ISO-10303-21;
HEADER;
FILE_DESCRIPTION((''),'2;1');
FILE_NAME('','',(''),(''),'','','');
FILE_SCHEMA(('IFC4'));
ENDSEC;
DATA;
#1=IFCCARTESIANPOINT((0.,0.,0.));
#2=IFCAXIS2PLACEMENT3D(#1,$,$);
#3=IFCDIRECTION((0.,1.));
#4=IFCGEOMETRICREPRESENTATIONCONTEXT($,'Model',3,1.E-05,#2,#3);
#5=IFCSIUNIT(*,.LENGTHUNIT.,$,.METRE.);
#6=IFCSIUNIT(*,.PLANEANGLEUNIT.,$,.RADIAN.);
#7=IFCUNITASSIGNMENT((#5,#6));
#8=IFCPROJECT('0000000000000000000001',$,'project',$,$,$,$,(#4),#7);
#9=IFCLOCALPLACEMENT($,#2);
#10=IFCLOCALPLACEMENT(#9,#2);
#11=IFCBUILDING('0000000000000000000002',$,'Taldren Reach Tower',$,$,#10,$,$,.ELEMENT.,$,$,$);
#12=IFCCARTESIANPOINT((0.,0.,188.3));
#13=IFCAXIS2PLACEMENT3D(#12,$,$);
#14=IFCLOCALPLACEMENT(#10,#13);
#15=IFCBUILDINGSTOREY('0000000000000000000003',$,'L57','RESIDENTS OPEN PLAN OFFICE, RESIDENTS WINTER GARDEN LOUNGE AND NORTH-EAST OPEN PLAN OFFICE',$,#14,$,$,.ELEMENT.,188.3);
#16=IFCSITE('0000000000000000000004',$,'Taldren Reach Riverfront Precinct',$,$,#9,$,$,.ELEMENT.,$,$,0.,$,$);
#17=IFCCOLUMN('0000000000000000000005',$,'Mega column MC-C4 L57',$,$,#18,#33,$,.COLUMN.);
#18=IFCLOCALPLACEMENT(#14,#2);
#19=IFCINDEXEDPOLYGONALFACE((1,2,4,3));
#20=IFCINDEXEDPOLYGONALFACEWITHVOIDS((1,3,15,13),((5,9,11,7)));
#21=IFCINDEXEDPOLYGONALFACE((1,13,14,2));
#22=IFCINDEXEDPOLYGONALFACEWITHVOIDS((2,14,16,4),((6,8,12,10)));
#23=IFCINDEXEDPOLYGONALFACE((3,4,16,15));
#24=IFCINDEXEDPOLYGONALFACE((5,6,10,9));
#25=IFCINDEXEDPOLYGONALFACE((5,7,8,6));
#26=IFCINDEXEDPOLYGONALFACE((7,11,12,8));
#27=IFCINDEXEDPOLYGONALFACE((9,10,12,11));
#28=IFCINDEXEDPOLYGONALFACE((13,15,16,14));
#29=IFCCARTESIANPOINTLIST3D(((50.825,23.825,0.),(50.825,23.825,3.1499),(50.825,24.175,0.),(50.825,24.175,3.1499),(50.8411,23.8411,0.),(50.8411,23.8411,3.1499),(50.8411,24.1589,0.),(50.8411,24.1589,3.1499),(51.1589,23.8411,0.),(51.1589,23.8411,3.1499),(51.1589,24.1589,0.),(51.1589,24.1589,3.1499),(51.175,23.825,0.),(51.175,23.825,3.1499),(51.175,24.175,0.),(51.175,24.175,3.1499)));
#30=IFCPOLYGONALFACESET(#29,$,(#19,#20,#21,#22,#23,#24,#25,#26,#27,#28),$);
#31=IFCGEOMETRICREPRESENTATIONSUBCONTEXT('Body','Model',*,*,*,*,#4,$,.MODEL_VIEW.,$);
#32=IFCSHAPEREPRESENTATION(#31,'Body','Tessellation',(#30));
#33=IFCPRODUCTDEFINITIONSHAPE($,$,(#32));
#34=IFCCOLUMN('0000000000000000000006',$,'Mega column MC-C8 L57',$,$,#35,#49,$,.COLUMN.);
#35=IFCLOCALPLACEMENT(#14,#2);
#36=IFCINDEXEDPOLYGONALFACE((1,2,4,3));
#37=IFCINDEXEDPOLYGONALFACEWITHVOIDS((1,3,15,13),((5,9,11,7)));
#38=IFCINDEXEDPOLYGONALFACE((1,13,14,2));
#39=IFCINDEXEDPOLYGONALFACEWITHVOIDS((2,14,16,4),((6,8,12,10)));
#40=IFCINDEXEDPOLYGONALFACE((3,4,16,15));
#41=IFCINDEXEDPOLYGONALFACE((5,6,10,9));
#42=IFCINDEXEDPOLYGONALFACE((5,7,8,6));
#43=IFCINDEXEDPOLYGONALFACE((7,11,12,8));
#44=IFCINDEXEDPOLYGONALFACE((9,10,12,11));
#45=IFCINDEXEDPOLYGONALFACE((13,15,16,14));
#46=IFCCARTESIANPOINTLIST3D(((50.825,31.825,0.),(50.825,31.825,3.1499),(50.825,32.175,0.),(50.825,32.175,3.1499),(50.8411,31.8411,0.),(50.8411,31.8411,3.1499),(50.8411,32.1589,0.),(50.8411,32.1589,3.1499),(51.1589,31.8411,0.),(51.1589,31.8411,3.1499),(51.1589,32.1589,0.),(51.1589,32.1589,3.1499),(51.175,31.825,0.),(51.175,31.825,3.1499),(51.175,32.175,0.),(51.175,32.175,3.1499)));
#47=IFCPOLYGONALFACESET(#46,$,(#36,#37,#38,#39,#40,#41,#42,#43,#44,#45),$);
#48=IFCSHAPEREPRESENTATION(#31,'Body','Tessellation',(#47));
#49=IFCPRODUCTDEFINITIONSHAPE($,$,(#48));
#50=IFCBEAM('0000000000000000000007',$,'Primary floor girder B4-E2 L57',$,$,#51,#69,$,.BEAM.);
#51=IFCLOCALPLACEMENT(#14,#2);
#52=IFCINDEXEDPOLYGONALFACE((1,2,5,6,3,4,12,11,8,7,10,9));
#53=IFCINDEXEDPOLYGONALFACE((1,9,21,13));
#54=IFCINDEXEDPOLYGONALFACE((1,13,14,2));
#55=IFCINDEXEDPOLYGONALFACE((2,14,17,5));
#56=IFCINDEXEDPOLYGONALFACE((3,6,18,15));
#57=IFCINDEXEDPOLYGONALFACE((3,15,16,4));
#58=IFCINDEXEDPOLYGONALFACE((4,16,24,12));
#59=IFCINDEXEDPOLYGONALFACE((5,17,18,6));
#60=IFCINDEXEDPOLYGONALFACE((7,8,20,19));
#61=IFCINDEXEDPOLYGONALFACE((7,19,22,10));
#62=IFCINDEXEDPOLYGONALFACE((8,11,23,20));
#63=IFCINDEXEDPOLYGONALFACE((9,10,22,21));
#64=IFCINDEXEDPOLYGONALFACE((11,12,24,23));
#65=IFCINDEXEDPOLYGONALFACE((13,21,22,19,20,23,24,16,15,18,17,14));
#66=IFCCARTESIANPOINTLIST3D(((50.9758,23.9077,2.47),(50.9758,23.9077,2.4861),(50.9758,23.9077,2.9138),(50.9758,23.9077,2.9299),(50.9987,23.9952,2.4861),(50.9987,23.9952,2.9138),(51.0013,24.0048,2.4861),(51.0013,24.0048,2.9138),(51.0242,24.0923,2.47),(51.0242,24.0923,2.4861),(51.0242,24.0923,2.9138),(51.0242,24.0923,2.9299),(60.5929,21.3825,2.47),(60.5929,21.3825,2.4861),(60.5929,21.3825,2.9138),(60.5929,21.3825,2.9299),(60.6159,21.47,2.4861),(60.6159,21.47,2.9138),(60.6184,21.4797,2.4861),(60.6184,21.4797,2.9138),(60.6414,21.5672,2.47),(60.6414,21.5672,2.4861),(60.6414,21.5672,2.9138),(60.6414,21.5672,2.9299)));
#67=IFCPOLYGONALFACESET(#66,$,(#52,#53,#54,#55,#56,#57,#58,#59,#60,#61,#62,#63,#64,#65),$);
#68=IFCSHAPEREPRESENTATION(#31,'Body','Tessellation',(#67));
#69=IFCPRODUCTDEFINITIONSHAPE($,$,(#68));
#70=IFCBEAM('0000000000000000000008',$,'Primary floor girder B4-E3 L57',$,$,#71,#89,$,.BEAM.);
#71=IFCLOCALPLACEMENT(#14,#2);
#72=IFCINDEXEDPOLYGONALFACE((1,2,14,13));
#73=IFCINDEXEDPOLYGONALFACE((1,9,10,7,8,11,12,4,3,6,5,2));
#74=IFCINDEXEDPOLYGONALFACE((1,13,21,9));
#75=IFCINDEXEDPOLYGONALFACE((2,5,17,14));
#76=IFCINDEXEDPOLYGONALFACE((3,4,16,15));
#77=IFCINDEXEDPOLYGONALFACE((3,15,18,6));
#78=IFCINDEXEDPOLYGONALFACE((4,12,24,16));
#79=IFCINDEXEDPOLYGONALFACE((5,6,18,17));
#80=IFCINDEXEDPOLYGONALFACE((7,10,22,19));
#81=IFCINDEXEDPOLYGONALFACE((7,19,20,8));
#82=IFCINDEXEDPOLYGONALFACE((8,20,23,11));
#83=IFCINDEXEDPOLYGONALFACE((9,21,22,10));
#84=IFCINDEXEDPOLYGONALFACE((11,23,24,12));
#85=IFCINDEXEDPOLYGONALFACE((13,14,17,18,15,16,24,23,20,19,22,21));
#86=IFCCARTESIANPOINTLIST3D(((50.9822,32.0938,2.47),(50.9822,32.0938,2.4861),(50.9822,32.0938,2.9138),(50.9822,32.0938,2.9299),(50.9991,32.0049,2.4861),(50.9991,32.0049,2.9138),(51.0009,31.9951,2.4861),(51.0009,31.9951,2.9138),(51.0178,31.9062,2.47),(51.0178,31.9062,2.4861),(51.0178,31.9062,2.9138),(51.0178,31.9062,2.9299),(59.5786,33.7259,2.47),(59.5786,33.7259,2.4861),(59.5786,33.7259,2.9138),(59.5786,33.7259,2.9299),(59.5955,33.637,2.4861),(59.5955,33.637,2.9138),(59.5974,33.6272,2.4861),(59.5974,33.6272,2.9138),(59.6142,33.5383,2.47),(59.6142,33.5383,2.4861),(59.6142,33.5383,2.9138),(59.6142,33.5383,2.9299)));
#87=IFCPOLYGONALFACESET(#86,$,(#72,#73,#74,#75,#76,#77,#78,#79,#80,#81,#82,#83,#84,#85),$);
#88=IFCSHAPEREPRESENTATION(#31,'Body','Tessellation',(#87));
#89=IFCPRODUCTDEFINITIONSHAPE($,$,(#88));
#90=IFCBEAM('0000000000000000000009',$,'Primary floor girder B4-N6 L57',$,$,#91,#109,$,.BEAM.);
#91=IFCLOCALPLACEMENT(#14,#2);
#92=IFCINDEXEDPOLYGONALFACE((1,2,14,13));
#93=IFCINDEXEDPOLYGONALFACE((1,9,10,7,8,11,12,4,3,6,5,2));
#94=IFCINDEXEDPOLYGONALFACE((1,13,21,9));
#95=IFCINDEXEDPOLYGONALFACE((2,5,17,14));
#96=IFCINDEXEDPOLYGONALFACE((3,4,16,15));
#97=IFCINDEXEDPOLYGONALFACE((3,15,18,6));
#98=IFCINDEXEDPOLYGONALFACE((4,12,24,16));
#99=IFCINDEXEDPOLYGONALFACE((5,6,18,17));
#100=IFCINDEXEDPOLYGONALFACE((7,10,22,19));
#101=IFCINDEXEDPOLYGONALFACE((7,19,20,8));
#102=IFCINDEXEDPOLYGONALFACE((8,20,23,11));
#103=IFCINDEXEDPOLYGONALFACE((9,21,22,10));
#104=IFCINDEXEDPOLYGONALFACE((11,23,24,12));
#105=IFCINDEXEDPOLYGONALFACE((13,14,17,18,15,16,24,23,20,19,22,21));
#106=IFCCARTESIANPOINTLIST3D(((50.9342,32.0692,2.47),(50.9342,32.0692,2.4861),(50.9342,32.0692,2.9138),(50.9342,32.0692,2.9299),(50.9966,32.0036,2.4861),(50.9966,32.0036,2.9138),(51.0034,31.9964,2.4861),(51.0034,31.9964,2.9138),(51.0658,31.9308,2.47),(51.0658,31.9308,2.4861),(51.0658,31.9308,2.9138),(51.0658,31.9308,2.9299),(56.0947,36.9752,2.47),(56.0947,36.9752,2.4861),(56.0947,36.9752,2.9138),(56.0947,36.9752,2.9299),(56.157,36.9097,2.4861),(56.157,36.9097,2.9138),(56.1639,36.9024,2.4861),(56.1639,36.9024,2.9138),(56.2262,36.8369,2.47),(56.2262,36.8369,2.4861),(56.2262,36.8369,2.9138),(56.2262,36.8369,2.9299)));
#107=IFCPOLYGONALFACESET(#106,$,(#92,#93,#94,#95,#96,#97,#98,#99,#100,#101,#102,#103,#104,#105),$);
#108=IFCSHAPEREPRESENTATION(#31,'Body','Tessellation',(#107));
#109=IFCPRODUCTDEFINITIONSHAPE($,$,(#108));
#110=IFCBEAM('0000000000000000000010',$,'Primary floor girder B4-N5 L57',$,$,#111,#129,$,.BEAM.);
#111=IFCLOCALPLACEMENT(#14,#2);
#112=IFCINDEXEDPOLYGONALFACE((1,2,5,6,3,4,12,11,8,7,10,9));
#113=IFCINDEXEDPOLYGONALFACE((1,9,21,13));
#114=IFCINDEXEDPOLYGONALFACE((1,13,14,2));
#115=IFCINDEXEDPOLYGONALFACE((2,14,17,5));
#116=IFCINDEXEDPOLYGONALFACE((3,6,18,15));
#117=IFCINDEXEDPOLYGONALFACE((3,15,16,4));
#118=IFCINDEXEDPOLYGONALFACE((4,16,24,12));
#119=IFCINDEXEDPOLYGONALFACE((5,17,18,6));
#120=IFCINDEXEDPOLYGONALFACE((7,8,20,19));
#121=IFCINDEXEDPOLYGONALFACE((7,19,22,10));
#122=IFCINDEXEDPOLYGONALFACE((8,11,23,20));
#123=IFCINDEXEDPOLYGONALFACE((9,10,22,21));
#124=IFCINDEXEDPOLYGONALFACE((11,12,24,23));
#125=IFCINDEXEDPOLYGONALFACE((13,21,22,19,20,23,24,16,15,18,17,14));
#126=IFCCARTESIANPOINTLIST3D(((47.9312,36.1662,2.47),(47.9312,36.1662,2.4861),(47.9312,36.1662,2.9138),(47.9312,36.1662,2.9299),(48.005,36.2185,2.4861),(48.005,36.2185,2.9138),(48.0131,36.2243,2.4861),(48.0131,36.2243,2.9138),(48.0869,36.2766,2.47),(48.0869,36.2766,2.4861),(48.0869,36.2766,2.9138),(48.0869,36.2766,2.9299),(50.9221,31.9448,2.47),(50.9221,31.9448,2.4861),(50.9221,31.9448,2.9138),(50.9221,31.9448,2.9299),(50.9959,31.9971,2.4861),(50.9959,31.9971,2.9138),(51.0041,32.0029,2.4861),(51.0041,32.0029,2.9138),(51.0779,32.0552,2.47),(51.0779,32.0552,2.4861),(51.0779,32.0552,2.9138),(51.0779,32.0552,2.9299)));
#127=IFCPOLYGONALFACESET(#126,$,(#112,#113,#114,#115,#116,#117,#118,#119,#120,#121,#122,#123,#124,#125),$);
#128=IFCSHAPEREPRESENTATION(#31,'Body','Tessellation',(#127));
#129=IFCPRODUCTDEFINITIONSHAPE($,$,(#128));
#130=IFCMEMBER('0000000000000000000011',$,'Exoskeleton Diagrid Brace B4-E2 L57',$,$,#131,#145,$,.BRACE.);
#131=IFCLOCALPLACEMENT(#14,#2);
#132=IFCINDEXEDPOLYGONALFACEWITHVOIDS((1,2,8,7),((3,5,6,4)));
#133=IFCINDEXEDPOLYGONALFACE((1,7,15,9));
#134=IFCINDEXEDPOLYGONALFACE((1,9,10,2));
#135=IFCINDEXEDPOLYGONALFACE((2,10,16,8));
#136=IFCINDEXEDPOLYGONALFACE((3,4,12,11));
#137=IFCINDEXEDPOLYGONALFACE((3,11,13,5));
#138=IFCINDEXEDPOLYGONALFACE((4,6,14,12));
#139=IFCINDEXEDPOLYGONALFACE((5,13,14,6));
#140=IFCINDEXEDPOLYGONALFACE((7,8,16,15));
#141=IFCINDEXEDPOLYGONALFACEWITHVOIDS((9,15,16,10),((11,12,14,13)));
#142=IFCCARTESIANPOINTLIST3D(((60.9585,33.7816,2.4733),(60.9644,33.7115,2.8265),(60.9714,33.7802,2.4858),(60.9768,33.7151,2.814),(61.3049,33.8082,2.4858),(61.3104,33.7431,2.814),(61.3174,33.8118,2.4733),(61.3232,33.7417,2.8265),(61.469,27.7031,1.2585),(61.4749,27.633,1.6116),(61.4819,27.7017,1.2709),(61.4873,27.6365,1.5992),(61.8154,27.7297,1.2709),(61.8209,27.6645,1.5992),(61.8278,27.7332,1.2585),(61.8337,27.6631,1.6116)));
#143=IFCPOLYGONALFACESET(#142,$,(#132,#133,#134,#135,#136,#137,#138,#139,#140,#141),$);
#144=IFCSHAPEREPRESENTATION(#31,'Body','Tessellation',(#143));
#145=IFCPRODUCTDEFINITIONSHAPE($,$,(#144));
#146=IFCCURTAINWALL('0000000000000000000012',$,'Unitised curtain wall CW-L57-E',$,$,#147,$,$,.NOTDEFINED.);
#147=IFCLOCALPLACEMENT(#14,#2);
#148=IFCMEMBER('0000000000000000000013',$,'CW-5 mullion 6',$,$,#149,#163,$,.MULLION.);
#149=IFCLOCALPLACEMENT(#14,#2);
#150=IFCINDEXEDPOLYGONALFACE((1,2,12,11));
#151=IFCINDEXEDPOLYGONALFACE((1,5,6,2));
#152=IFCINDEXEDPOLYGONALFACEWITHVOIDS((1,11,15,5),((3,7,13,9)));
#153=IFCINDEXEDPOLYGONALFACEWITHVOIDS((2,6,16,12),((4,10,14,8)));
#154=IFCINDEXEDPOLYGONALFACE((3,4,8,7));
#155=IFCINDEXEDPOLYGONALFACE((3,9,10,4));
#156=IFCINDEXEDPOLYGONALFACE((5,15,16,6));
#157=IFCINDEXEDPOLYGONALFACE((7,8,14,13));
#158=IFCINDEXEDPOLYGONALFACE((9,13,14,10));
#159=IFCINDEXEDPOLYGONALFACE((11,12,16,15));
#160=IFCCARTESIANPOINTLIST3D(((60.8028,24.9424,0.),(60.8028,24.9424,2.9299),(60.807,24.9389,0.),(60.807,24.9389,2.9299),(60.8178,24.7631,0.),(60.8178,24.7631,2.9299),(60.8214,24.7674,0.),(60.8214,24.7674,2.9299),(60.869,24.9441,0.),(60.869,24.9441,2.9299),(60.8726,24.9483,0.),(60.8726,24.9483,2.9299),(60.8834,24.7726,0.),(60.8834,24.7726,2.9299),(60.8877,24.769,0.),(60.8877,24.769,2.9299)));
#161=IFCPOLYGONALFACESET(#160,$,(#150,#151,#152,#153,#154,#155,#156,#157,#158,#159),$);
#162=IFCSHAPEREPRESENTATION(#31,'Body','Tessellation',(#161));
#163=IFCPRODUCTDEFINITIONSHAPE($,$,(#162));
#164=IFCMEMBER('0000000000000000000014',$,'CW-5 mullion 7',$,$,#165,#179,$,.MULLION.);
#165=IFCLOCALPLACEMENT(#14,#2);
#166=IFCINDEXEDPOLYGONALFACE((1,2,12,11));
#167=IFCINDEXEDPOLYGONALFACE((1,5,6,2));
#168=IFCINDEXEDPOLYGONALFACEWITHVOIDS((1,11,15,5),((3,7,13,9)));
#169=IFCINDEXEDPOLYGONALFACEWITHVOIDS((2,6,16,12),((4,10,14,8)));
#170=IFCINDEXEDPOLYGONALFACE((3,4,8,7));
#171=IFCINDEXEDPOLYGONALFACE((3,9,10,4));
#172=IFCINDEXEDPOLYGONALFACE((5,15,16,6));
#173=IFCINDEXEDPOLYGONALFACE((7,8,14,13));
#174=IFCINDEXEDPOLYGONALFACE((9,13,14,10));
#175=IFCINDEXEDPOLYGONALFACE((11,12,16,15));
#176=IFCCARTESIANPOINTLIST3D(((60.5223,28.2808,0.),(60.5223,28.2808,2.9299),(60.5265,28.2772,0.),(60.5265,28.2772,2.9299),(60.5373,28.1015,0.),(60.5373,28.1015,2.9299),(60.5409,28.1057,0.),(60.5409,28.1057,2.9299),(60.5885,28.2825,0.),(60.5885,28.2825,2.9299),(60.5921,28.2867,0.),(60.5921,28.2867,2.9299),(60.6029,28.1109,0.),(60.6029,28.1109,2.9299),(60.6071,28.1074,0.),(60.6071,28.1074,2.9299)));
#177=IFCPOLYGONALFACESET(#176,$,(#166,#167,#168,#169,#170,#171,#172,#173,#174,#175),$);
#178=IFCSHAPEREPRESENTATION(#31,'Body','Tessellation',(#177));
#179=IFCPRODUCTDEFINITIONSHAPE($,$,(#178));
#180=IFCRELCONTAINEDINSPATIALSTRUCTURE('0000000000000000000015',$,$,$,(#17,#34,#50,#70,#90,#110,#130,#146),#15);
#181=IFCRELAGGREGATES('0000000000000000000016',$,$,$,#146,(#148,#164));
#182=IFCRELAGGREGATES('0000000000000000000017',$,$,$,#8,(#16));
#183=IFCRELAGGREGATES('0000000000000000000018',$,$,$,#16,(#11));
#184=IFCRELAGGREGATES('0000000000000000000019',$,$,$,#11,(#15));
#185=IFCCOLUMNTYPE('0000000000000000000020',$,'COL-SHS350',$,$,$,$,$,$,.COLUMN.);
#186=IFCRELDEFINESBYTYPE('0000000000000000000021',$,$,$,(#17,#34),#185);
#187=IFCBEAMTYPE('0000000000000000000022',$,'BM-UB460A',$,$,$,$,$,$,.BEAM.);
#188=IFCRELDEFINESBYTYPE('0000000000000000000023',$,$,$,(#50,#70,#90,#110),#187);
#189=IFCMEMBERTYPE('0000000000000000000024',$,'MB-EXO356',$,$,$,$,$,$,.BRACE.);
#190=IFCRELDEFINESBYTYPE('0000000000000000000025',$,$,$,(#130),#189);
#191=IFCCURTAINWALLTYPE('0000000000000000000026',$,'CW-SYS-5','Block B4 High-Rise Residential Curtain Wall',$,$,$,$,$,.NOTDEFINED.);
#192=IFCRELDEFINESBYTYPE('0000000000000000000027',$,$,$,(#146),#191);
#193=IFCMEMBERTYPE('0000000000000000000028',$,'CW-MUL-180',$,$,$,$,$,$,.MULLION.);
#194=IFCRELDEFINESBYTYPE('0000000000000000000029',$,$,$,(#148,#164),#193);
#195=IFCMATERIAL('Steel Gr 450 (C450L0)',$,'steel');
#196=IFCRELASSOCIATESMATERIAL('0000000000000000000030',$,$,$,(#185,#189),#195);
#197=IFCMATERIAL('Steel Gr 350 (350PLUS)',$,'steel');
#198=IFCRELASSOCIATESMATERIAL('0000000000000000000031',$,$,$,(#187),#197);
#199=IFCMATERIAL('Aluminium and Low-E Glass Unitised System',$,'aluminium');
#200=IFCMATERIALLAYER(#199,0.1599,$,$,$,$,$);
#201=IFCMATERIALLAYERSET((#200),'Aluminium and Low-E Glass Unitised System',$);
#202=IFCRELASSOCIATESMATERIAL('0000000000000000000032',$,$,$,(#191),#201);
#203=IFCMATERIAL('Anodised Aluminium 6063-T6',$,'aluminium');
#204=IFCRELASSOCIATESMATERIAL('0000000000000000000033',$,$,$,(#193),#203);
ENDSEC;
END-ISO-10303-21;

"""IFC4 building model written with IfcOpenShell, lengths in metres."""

from ifc_helpers import new_model, si_unit, direction, frame, origin, origin_2d, place, context, subcontext, project, spatial, hollow_rectangle, i_section, extrude, source, transform, mapped, material, layer, layer_set, material_profile, profile_set, type_object, element, aggregate, save


model = new_model("IFC4")

# Units and contexts
model_context = context("Model", 3, precision=1e-05, world=origin(), true_north=direction((0.0, 1.0)))
body_context = subcontext(model_context, "Body", "Model", "MODEL_VIEW")
ifc_project = project(units=[si_unit("LENGTHUNIT", "METRE"), si_unit("PLANEANGLEUNIT", "RADIAN")], contexts=[model_context])

# Site, building, storey
site_placement = place(None, origin())
site = spatial("IfcSite", under=ifc_project, at=site_placement, Name="Taldren Reach Riverfront Precinct", CompositionType="ELEMENT", RefElevation=0.0)
building_placement = place(site_placement, origin())
building = spatial("IfcBuilding", under=site, at=building_placement, Name="Taldren Reach Tower", CompositionType="ELEMENT")
storey_placement = place(building_placement, frame((0.0, 0.0, 188.3)))
storey = spatial("IfcBuildingStorey", under=building, at=storey_placement, Name="L57", Description="RESIDENTS OPEN PLAN OFFICE, RESIDENTS WINTER GARDEN LOUNGE AND NORTH-EAST OPEN PLAN OFFICE", CompositionType="ELEMENT", Elevation=188.3)

# Columns
ifc_material_1 = material(Name="Steel Gr 450 (C450L0)", Category="steel")
ifc_material_profile_1 = material_profile(ifc_material_1, hollow_rectangle(XDim=0.3501, YDim=0.3501, WallThickness=0.0161, at=origin_2d()), Name="350x350x16.0SHS")
ifc_profile_set_1 = profile_set([ifc_material_profile_1], Name="Steel Gr 450 (C450L0)")
column_type = type_object("IfcColumnType", Name="COL-SHS350", PredefinedType="COLUMN", material=ifc_profile_set_1)
shared_shape_1 = source(origin(), body_context, "Body", "SweptSolid", [
    extrude(hollow_rectangle(XDim=0.3501, YDim=0.3501, WallThickness=0.0161, at=origin_2d()), origin(), (0.0, 0.0, 1.0), 3.1499),
])
for number, where, z_axis, x_axis, name in (
    (1, (51.0, 24.0, 0.0), (0.0, 0.0, 1.0), (1.0, 0.0, 0.0), "Mega column MC-C4 L57"),
    (2, (51.0, 32.0, 0.0), (0.0, 0.0, 1.0), (1.0, 0.0, 0.0), "Mega column MC-C8 L57"),
):
    element("IfcColumn", number, at=place(storey_placement, frame(where, z_axis=z_axis, x_axis=x_axis)), inside=storey, type_object=column_type, Name=name, PredefinedType="COLUMN", context=body_context, shape_type="MappedRepresentation", body=[
        mapped(shared_shape_1, transform((0.0, 0.0, 0.0), scale=1.0)),
    ])

# Beams
ifc_material_2 = material(Name="Steel Gr 350 (350PLUS)", Category="steel")
ifc_material_profile_2 = material_profile(ifc_material_2, i_section(OverallWidth=0.1909, OverallDepth=0.46, WebThickness=0.01, FlangeThickness=0.0161, at=origin_2d()), Name="460UB82.1")
ifc_profile_set_2 = profile_set([ifc_material_profile_2], Name="Steel Gr 350 (350PLUS)")
beam_type = type_object("IfcBeamType", Name="BM-UB460A", PredefinedType="BEAM", material=ifc_profile_set_2)
shared_shape_2 = source(origin(), body_context, "Body", "SweptSolid", [
    extrude(i_section(OverallWidth=0.1909, OverallDepth=0.46, WebThickness=0.01, FlangeThickness=0.0161, at=origin_2d()), origin(), (0.0, 0.0, 1.0), 9.9431),
])
beam_1_placement = place(storey_placement, frame((51.0, 24.0, 2.7), z_axis=(0.967215, -0.253958, 0.0), x_axis=(0.253958, 0.967215, 0.0)))
element("IfcBeam", 3, at=beam_1_placement, inside=storey, type_object=beam_type, Name="Primary floor girder B4-E2 L57", PredefinedType="BEAM", context=body_context, shape_type="MappedRepresentation", body=[
    mapped(shared_shape_2, transform((0.0, 0.0, 0.0), scale=1.0)),
])
shared_shape_3 = source(origin(), body_context, "Body", "SweptSolid", [
    extrude(i_section(OverallWidth=0.1909, OverallDepth=0.46, WebThickness=0.01, FlangeThickness=0.0161, at=origin_2d()), origin(), (0.0, 0.0, 1.0), 8.75),
])
beam_2_placement = place(storey_placement, frame((51.0, 32.0, 2.7), z_axis=(0.98245, 0.186524, 0.0), x_axis=(-0.186524, 0.98245, 0.0)))
element("IfcBeam", 4, at=beam_2_placement, inside=storey, type_object=beam_type, Name="Primary floor girder B4-E3 L57", PredefinedType="BEAM", context=body_context, shape_type="MappedRepresentation", body=[
    mapped(shared_shape_3, transform((0.0, 0.0, 0.0), scale=1.0)),
])
shared_shape_4 = source(origin(), body_context, "Body", "SweptSolid", [
    extrude(i_section(OverallWidth=0.1909, OverallDepth=0.46, WebThickness=0.01, FlangeThickness=0.0161, at=origin_2d()), origin(), (0.0, 0.0, 1.0), 7.1204),
])
beam_3_placement = place(storey_placement, frame((51.0, 32.0, 2.7), z_axis=(0.724745, 0.689017, 0.0), x_axis=(-0.689017, 0.724745, 0.0)))
element("IfcBeam", 5, at=beam_3_placement, inside=storey, type_object=beam_type, Name="Primary floor girder B4-N6 L57", PredefinedType="BEAM", context=body_context, shape_type="MappedRepresentation", body=[
    mapped(shared_shape_4, transform((0.0, 0.0, 0.0), scale=1.0)),
])
shared_shape_5 = source(origin(), body_context, "Body", "SweptSolid", [
    extrude(i_section(OverallWidth=0.1909, OverallDepth=0.46, WebThickness=0.01, FlangeThickness=0.0161, at=origin_2d()), origin(), (0.0, 0.0, 1.0), 5.1736),
])
beam_4_placement = place(storey_placement, frame((51.0, 32.0, 2.7), z_axis=(-0.578118, 0.815953, 0.0), x_axis=(-0.815953, -0.578118, 0.0)))
element("IfcBeam", 6, at=beam_4_placement, inside=storey, type_object=beam_type, Name="Primary floor girder B4-N5 L57", PredefinedType="BEAM", context=body_context, shape_type="MappedRepresentation", body=[
    mapped(shared_shape_5, transform((0.0, 0.0, 0.0), scale=1.0)),
])

# Member
ifc_material_profile_3 = material_profile(ifc_material_1, hollow_rectangle(XDim=0.3601, YDim=0.3601, WallThickness=0.0127, at=origin_2d()), Name="360x360x12.7SHS")
ifc_profile_set_3 = profile_set([ifc_material_profile_3], Name="Steel Gr 450 (C450L0)")
member_type_1 = type_object("IfcMemberType", Name="MB-EXO356", PredefinedType="BRACE", material=ifc_profile_set_3)
shared_shape_6 = source(origin(), body_context, "Body", "SweptSolid", [
    extrude(hollow_rectangle(XDim=0.3601, YDim=0.3601, WallThickness=0.0127, at=origin_2d()), origin(), (0.0, 0.0, 1.0), 6.2197),
])
member_1_placement = place(storey_placement, frame((61.6514, 27.6831, 1.4351), z_axis=(-0.082076, 0.977299, 0.195319), x_axis=(-0.996492, -0.083688, 0.0)))
element("IfcMember", 7, at=member_1_placement, inside=storey, type_object=member_type_1, Name="Exoskeleton Diagrid Brace B4-E2 L57", PredefinedType="BRACE", context=body_context, shape_type="MappedRepresentation", body=[
    mapped(shared_shape_6, transform((0.0, 0.0, 0.0), scale=1.0)),
])

# Curtain wall, members
ifc_material_3 = material(Name="Aluminium and Low-E Glass Unitised System", Category="aluminium")
ifc_layer_1 = layer(ifc_material_3, 0.1599)
ifc_layer_set_1 = layer_set([ifc_layer_1], Name="Aluminium and Low-E Glass Unitised System")
curtain_wall_type = type_object("IfcCurtainWallType", Name="CW-SYS-5", Description="Block B4 High-Rise Residential Curtain Wall", PredefinedType="NOTDEFINED", material=ifc_layer_set_1)
curtain_wall_placement = place(storey_placement, origin())
curtain_wall = element("IfcCurtainWall", 8, at=curtain_wall_placement, inside=storey, type_object=curtain_wall_type, Name="Unitised curtain wall CW-L57-E", PredefinedType="NOTDEFINED")
ifc_material_4 = material(Name="Anodised Aluminium 6063-T6", Category="aluminium")
ifc_material_profile_4 = material_profile(ifc_material_4, hollow_rectangle(XDim=0.0701, YDim=0.1799, WallThickness=0.0039, at=origin_2d()), Name="ALU-180x70x4RHS")
ifc_profile_set_4 = profile_set([ifc_material_profile_4], Name="Anodised Aluminium 6063-T6")
member_type_2 = type_object("IfcMemberType", Name="CW-MUL-180", PredefinedType="MULLION", material=ifc_profile_set_4)
shared_shape_7 = source(origin(), body_context, "Body", "SweptSolid", [
    extrude(hollow_rectangle(XDim=0.0701, YDim=0.1799, WallThickness=0.0039, at=origin_2d()), origin(), (0.0, 0.0, 1.0), 2.9299),
])
member_2_placement = place(storey_placement, frame((60.8452, 24.8557, 0.0), z_axis=(0.0, 0.0, 1.0), x_axis=(-0.996493, -0.083678, 0.0)))
member_2 = element("IfcMember", 9, at=member_2_placement, type_object=member_type_2, Name="CW-5 mullion 6", PredefinedType="MULLION", context=body_context, shape_type="MappedRepresentation", body=[
    mapped(shared_shape_7, transform((0.0, 0.0, 0.0), scale=1.0)),
])
member_3_placement = place(storey_placement, frame((60.5647, 28.1941, 0.0), z_axis=(0.0, 0.0, 1.0), x_axis=(-0.996493, -0.083678, 0.0)))
member_3 = element("IfcMember", 10, at=member_3_placement, type_object=member_type_2, Name="CW-5 mullion 7", PredefinedType="MULLION", context=body_context, shape_type="MappedRepresentation", body=[
    mapped(shared_shape_7, transform((0.0, 0.0, 0.0), scale=1.0)),
])
aggregate(curtain_wall, [member_2, member_3])

save(model, "model.ifc")
